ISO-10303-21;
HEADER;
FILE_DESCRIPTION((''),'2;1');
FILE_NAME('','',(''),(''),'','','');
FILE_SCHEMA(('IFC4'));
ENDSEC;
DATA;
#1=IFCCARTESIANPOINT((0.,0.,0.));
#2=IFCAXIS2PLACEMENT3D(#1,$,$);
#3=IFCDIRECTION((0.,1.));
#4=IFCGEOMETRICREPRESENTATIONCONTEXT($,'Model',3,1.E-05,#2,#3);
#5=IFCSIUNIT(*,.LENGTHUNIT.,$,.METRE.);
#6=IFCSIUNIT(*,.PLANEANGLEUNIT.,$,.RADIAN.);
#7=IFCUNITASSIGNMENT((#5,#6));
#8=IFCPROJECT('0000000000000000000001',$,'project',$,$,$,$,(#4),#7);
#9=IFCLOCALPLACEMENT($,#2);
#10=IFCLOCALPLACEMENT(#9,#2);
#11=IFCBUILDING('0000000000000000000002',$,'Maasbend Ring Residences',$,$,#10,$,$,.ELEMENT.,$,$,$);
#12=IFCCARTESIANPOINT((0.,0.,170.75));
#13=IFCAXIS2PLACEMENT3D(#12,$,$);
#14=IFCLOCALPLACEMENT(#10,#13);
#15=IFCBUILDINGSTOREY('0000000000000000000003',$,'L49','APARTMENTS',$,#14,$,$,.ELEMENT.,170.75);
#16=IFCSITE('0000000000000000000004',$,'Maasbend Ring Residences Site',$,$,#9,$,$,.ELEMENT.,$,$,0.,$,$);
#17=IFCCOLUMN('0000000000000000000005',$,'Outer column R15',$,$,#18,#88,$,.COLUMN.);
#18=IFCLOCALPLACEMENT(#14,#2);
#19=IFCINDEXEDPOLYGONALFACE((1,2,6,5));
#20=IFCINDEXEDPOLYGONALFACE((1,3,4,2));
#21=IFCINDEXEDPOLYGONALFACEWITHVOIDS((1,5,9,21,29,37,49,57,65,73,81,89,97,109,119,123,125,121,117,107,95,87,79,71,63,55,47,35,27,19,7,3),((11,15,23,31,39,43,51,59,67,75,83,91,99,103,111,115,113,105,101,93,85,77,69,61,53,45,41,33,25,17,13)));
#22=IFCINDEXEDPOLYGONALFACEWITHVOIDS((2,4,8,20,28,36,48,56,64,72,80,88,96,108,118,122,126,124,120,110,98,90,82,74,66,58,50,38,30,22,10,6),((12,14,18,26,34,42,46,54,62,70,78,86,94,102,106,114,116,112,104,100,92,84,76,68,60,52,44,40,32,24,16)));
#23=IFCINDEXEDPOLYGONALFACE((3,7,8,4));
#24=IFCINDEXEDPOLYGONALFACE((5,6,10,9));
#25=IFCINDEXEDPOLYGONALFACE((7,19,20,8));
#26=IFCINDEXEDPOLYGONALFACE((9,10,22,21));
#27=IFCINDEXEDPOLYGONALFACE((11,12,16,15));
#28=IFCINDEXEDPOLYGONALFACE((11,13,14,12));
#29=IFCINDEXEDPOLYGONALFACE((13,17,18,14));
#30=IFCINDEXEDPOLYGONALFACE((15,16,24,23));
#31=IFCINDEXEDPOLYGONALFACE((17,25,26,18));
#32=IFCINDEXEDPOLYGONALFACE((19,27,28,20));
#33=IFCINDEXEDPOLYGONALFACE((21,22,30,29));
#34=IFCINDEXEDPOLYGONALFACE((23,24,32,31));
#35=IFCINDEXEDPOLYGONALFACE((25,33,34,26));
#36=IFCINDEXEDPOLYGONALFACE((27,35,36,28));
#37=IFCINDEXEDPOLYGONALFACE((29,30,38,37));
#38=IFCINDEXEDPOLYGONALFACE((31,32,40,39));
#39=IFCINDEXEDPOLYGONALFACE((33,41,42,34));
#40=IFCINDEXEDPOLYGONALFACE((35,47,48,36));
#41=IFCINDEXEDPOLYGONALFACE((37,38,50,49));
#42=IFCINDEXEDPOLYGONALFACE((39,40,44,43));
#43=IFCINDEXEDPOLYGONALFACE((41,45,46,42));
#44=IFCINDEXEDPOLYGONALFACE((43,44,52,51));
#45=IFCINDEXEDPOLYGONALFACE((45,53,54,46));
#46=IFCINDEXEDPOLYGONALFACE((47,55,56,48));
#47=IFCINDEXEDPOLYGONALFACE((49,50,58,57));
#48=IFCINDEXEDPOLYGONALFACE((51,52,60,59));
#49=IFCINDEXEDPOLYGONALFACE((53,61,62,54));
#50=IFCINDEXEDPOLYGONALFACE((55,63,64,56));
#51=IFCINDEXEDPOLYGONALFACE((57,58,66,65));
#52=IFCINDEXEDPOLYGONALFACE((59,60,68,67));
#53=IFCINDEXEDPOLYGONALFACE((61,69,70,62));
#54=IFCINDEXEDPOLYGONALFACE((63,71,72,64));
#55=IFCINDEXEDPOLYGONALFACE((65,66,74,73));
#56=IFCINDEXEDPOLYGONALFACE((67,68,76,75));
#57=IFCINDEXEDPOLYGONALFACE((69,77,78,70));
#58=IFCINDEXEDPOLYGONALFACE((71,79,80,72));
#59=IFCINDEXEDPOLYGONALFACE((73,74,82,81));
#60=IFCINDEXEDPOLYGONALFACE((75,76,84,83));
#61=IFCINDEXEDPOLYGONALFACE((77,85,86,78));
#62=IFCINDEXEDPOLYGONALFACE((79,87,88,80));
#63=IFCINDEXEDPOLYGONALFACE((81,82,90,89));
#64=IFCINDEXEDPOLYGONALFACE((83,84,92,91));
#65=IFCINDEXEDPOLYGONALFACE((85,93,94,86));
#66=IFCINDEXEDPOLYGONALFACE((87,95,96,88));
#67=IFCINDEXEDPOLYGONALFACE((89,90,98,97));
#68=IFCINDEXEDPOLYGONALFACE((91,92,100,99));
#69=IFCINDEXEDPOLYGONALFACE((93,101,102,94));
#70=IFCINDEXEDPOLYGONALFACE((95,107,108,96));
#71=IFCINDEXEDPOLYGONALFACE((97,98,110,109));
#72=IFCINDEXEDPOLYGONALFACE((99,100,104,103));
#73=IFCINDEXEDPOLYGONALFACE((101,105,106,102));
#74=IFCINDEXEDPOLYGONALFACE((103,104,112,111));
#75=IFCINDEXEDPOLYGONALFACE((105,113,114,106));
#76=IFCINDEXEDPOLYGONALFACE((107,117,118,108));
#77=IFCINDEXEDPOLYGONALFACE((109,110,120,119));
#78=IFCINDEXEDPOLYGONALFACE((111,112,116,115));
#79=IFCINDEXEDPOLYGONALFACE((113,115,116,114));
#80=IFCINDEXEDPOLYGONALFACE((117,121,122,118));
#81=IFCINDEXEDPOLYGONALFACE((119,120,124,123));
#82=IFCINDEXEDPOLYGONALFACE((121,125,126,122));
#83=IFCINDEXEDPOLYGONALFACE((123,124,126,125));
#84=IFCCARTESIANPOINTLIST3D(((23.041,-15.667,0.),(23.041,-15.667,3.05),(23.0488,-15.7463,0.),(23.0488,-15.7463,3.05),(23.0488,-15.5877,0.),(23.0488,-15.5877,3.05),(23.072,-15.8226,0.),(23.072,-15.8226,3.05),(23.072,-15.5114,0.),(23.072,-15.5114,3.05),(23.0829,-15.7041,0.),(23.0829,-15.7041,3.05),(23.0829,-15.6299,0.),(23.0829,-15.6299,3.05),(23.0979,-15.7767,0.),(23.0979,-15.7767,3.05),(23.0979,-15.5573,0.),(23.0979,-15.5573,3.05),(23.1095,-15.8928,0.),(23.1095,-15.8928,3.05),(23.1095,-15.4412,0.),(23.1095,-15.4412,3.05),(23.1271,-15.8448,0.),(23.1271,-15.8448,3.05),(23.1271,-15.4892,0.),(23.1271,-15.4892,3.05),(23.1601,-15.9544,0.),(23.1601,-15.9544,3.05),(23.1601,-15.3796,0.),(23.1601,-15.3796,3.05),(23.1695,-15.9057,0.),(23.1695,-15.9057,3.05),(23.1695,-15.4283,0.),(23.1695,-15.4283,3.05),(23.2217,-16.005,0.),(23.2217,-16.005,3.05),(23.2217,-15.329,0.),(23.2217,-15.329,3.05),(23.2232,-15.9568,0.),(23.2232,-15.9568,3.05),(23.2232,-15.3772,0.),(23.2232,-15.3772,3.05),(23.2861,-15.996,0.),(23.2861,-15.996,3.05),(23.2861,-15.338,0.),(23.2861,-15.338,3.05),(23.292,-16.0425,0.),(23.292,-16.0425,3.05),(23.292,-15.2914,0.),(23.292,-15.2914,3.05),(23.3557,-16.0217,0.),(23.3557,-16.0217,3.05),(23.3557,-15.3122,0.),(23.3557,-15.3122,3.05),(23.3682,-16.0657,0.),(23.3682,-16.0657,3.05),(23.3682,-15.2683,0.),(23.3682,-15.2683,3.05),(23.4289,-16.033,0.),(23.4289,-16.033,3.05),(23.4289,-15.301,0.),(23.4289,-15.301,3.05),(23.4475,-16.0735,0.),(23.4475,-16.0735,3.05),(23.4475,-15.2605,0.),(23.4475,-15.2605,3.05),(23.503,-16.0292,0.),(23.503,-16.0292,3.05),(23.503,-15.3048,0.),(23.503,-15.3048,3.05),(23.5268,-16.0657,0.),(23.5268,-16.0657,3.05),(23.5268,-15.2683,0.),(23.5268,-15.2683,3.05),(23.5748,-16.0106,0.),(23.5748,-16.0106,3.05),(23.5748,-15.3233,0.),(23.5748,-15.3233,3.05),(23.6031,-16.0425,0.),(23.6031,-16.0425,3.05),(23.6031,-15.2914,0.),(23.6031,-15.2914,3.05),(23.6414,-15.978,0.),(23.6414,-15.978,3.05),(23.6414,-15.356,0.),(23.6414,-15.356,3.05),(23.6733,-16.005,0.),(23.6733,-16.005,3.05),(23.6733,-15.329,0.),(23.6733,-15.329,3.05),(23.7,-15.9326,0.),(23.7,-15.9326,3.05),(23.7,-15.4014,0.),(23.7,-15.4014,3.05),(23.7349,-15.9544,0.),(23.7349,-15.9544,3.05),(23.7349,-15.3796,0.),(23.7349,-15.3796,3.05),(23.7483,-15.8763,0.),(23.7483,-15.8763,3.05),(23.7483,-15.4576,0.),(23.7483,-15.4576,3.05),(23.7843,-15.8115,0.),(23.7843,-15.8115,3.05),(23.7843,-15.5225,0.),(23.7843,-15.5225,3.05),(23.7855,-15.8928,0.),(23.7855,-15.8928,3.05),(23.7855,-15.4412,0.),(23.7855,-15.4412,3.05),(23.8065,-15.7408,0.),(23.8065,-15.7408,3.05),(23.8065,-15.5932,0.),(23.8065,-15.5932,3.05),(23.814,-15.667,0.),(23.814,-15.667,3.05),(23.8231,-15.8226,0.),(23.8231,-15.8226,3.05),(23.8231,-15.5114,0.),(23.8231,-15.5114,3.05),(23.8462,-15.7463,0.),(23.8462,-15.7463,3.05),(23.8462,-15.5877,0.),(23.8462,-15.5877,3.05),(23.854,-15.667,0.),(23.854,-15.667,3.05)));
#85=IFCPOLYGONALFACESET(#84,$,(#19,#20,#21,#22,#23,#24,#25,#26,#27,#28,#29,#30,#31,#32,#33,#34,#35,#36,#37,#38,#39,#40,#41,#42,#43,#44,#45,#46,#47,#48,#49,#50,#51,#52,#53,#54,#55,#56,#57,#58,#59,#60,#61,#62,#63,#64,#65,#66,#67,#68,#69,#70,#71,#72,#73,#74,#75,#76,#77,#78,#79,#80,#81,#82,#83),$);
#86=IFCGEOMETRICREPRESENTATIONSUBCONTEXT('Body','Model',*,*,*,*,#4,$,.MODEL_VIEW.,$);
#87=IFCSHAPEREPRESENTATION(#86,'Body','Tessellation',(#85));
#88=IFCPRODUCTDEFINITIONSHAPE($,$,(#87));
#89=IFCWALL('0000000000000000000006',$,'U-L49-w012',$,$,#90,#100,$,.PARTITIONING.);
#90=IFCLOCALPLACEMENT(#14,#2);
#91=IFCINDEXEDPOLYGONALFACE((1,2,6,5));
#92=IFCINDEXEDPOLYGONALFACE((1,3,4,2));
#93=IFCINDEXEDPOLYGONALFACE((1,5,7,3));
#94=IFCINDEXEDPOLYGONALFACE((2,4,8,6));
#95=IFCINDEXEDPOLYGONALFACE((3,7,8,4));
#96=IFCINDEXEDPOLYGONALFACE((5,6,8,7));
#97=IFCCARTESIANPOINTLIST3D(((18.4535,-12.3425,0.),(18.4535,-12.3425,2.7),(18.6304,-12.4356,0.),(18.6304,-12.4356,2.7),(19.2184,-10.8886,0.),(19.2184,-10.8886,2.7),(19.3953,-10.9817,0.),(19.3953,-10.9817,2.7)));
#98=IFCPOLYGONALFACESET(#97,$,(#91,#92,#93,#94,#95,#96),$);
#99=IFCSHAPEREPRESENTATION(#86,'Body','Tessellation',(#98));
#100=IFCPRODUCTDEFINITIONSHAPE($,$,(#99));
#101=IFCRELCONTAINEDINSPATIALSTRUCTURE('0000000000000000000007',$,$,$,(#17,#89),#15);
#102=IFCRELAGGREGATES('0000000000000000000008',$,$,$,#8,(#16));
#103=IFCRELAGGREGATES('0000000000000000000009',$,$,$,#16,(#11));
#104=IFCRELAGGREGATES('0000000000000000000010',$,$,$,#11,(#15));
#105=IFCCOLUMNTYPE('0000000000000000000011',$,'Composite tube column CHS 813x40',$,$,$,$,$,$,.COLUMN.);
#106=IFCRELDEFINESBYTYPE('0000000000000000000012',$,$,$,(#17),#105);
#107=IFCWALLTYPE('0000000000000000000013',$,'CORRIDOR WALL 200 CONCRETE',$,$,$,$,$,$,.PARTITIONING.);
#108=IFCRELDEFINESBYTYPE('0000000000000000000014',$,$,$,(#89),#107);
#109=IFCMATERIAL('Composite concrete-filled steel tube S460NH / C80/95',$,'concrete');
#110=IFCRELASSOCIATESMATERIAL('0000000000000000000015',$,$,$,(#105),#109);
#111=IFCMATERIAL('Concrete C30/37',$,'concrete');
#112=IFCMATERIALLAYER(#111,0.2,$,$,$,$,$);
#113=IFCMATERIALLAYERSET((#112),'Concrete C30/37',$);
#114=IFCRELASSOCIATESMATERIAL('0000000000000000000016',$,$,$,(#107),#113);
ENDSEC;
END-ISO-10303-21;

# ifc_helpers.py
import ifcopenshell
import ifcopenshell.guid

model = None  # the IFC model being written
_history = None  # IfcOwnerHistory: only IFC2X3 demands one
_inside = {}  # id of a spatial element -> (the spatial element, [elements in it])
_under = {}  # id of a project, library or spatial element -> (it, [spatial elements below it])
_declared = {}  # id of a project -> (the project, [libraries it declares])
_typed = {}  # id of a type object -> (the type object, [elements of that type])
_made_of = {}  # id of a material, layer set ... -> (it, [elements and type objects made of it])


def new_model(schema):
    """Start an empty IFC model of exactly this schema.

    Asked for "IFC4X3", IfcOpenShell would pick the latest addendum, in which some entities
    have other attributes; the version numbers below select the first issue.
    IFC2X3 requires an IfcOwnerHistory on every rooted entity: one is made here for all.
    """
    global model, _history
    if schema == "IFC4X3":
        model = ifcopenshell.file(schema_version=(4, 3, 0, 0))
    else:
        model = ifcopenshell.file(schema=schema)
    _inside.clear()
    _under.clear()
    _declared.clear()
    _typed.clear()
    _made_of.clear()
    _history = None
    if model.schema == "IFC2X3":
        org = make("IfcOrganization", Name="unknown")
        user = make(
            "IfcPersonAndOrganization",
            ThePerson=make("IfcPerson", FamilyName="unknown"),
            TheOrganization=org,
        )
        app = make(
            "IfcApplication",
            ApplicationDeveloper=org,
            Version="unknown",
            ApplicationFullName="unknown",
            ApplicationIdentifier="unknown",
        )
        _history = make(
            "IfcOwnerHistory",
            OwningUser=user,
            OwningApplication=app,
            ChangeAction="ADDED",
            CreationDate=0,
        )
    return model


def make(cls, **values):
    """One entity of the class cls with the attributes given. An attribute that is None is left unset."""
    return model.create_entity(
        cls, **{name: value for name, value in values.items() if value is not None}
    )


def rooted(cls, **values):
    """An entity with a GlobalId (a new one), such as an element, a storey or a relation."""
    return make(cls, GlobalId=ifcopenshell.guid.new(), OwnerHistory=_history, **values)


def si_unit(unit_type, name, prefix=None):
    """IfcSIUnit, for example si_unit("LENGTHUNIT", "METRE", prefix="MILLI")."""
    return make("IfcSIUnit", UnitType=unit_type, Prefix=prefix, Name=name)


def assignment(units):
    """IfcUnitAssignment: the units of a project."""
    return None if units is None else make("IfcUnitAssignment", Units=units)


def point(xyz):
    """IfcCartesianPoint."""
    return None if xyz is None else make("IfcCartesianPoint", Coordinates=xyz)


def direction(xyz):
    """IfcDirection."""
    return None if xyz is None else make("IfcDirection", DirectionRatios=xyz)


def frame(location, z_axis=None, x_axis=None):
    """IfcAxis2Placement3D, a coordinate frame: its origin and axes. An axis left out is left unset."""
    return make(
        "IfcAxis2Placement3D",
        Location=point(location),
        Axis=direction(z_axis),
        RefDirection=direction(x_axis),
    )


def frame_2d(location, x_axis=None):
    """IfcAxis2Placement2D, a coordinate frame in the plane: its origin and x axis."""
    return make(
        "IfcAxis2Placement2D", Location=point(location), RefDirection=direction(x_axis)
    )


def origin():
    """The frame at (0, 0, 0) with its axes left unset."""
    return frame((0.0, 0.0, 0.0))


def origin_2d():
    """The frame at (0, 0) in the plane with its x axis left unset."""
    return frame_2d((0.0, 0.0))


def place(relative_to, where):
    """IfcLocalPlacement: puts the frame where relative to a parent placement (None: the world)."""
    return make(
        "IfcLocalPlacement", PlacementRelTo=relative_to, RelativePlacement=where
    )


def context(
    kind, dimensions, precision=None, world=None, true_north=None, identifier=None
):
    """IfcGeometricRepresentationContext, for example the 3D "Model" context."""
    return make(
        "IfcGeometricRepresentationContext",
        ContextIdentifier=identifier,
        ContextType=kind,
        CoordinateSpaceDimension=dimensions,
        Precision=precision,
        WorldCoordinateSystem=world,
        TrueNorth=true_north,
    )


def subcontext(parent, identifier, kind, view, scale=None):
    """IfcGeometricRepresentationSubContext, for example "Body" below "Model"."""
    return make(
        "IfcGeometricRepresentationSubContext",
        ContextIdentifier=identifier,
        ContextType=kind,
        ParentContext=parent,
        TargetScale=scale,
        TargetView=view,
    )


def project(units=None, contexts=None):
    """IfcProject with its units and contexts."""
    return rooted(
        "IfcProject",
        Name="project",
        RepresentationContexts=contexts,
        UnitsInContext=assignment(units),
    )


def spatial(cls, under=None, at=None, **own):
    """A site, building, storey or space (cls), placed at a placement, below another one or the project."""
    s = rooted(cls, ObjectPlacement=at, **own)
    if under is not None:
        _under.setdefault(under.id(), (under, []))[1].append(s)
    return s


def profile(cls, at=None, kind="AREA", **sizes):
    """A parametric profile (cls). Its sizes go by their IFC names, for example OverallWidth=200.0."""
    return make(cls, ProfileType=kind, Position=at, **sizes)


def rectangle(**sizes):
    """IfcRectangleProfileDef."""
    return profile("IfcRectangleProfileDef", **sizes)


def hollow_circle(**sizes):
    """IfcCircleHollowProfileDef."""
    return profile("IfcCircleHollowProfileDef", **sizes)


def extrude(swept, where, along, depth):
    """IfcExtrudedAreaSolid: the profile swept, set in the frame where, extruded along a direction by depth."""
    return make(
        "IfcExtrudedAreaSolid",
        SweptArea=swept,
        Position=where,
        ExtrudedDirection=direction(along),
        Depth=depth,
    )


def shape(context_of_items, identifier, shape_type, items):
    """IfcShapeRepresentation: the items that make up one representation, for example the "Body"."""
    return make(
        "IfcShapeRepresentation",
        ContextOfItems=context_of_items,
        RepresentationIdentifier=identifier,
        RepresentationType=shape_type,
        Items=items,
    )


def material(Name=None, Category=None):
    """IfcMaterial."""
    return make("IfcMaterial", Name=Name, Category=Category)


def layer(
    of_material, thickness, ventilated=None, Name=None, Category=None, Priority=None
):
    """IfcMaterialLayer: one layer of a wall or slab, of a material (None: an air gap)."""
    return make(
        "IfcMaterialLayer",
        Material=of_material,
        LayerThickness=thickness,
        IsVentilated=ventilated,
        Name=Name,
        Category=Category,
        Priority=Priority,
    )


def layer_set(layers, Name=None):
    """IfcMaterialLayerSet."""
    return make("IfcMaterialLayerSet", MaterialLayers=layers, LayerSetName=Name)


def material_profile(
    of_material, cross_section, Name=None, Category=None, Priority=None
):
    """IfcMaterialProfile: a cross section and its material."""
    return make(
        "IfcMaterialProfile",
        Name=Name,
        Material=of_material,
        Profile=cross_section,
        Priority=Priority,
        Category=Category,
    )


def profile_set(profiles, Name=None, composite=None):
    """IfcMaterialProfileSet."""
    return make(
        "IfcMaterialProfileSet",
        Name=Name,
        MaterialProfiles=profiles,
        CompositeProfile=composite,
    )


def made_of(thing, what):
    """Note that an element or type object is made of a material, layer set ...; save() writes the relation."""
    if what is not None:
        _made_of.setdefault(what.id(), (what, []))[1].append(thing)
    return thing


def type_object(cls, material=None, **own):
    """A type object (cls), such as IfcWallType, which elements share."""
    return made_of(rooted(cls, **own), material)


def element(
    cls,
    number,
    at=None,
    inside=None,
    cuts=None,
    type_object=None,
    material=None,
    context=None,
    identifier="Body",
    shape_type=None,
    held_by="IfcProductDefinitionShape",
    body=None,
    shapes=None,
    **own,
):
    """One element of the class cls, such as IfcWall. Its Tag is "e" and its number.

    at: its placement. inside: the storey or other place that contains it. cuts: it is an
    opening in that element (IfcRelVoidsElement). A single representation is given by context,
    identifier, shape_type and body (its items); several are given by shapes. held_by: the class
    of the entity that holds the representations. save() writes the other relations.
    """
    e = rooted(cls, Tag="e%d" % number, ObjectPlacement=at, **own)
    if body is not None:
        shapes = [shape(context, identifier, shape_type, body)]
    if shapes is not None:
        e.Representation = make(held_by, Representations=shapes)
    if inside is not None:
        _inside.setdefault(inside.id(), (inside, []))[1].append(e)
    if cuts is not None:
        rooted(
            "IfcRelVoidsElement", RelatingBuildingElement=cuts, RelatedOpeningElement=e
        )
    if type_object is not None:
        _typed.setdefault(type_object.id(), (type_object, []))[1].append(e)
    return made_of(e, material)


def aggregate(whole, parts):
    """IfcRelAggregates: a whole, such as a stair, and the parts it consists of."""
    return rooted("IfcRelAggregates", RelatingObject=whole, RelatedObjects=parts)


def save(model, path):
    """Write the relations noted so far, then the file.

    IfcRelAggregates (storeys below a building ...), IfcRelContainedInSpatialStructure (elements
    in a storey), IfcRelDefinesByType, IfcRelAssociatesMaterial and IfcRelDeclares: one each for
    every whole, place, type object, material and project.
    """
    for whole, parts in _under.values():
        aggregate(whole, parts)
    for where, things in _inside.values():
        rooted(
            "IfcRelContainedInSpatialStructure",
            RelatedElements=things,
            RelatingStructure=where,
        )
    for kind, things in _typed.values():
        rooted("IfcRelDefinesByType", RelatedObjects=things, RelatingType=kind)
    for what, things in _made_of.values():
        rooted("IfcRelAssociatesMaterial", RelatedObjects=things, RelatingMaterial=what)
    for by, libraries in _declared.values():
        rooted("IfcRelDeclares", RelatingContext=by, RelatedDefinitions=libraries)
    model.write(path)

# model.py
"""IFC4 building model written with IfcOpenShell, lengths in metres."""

from ifc_helpers import new_model, si_unit, direction, frame, frame_2d, origin, origin_2d, place, context, subcontext, project, spatial, rectangle, hollow_circle, extrude, material, layer, layer_set, material_profile, profile_set, type_object, element, save


model = new_model("IFC4")

# Units and contexts
model_context = context("Model", 3, precision=1e-05, world=origin(), true_north=direction((0.0, 1.0)))
body_context = subcontext(model_context, "Body", "Model", "MODEL_VIEW")
ifc_project = project(units=[si_unit("LENGTHUNIT", "METRE"), si_unit("PLANEANGLEUNIT", "RADIAN")], contexts=[model_context])

# Site, building, storey
site_placement = place(None, origin())
site = spatial("IfcSite", under=ifc_project, at=site_placement, Name="Maasbend Ring Residences Site", CompositionType="ELEMENT", RefElevation=0.0)
building_placement = place(site_placement, origin())
building = spatial("IfcBuilding", under=site, at=building_placement, Name="Maasbend Ring Residences", CompositionType="ELEMENT")
storey_placement = place(building_placement, frame((0.0, 0.0, 170.75)))
storey = spatial("IfcBuildingStorey", under=building, at=storey_placement, Name="L49", Description="APARTMENTS", CompositionType="ELEMENT", Elevation=170.75)

# Column
ifc_material_1 = material(Name="Composite concrete-filled steel tube S460NH / C80/95", Category="concrete")
ifc_material_profile = material_profile(ifc_material_1, hollow_circle(Radius=0.4065, WallThickness=0.04, at=origin_2d()), Name="Composite tube column CHS 813x40")
ifc_profile_set = profile_set([ifc_material_profile], Name="Composite concrete-filled steel tube S460NH / C80/95")
column_type = type_object("IfcColumnType", Name="Composite tube column CHS 813x40", PredefinedType="COLUMN", material=ifc_profile_set)
column_placement = place(storey_placement, frame((23.4475, -15.667, 0.0), z_axis=(0.0, 0.0, 1.0), x_axis=(1.0, 0.0, 0.0)))
element("IfcColumn", 1, at=column_placement, inside=storey, type_object=column_type, Name="Outer column R15", PredefinedType="COLUMN", context=body_context, shape_type="SweptSolid", body=[
    extrude(hollow_circle(Radius=0.4065, WallThickness=0.04, at=origin_2d()), origin(), (0.0, 0.0, 1.0), 3.05),
])

# Wall
ifc_material_2 = material(Name="Concrete C30/37", Category="concrete")
ifc_layer_1 = layer(ifc_material_2, 0.2)
ifc_layer_set_1 = layer_set([ifc_layer_1], Name="Concrete C30/37")
wall_type_1 = type_object("IfcWallType", Name="CORRIDOR WALL 200 CONCRETE", PredefinedType="PARTITIONING", material=ifc_layer_set_1)
wall_1_placement = place(storey_placement, frame((18.542, -12.3889, 0.0), z_axis=(0.0, 0.0, 1.0), x_axis=(0.465606, 0.884992, 0.0)))
element("IfcWall", 2, at=wall_1_placement, inside=storey, type_object=wall_type_1, Name="U-L49-w012", PredefinedType="PARTITIONING", context=body_context, shape_type="SweptSolid", body=[
    extrude(rectangle(XDim=1.6428, YDim=0.2, at=frame_2d((0.8213, 0.0))), origin(), (0.0, 0.0, 1.0), 2.7),
])

save(model, "model.ifc")
